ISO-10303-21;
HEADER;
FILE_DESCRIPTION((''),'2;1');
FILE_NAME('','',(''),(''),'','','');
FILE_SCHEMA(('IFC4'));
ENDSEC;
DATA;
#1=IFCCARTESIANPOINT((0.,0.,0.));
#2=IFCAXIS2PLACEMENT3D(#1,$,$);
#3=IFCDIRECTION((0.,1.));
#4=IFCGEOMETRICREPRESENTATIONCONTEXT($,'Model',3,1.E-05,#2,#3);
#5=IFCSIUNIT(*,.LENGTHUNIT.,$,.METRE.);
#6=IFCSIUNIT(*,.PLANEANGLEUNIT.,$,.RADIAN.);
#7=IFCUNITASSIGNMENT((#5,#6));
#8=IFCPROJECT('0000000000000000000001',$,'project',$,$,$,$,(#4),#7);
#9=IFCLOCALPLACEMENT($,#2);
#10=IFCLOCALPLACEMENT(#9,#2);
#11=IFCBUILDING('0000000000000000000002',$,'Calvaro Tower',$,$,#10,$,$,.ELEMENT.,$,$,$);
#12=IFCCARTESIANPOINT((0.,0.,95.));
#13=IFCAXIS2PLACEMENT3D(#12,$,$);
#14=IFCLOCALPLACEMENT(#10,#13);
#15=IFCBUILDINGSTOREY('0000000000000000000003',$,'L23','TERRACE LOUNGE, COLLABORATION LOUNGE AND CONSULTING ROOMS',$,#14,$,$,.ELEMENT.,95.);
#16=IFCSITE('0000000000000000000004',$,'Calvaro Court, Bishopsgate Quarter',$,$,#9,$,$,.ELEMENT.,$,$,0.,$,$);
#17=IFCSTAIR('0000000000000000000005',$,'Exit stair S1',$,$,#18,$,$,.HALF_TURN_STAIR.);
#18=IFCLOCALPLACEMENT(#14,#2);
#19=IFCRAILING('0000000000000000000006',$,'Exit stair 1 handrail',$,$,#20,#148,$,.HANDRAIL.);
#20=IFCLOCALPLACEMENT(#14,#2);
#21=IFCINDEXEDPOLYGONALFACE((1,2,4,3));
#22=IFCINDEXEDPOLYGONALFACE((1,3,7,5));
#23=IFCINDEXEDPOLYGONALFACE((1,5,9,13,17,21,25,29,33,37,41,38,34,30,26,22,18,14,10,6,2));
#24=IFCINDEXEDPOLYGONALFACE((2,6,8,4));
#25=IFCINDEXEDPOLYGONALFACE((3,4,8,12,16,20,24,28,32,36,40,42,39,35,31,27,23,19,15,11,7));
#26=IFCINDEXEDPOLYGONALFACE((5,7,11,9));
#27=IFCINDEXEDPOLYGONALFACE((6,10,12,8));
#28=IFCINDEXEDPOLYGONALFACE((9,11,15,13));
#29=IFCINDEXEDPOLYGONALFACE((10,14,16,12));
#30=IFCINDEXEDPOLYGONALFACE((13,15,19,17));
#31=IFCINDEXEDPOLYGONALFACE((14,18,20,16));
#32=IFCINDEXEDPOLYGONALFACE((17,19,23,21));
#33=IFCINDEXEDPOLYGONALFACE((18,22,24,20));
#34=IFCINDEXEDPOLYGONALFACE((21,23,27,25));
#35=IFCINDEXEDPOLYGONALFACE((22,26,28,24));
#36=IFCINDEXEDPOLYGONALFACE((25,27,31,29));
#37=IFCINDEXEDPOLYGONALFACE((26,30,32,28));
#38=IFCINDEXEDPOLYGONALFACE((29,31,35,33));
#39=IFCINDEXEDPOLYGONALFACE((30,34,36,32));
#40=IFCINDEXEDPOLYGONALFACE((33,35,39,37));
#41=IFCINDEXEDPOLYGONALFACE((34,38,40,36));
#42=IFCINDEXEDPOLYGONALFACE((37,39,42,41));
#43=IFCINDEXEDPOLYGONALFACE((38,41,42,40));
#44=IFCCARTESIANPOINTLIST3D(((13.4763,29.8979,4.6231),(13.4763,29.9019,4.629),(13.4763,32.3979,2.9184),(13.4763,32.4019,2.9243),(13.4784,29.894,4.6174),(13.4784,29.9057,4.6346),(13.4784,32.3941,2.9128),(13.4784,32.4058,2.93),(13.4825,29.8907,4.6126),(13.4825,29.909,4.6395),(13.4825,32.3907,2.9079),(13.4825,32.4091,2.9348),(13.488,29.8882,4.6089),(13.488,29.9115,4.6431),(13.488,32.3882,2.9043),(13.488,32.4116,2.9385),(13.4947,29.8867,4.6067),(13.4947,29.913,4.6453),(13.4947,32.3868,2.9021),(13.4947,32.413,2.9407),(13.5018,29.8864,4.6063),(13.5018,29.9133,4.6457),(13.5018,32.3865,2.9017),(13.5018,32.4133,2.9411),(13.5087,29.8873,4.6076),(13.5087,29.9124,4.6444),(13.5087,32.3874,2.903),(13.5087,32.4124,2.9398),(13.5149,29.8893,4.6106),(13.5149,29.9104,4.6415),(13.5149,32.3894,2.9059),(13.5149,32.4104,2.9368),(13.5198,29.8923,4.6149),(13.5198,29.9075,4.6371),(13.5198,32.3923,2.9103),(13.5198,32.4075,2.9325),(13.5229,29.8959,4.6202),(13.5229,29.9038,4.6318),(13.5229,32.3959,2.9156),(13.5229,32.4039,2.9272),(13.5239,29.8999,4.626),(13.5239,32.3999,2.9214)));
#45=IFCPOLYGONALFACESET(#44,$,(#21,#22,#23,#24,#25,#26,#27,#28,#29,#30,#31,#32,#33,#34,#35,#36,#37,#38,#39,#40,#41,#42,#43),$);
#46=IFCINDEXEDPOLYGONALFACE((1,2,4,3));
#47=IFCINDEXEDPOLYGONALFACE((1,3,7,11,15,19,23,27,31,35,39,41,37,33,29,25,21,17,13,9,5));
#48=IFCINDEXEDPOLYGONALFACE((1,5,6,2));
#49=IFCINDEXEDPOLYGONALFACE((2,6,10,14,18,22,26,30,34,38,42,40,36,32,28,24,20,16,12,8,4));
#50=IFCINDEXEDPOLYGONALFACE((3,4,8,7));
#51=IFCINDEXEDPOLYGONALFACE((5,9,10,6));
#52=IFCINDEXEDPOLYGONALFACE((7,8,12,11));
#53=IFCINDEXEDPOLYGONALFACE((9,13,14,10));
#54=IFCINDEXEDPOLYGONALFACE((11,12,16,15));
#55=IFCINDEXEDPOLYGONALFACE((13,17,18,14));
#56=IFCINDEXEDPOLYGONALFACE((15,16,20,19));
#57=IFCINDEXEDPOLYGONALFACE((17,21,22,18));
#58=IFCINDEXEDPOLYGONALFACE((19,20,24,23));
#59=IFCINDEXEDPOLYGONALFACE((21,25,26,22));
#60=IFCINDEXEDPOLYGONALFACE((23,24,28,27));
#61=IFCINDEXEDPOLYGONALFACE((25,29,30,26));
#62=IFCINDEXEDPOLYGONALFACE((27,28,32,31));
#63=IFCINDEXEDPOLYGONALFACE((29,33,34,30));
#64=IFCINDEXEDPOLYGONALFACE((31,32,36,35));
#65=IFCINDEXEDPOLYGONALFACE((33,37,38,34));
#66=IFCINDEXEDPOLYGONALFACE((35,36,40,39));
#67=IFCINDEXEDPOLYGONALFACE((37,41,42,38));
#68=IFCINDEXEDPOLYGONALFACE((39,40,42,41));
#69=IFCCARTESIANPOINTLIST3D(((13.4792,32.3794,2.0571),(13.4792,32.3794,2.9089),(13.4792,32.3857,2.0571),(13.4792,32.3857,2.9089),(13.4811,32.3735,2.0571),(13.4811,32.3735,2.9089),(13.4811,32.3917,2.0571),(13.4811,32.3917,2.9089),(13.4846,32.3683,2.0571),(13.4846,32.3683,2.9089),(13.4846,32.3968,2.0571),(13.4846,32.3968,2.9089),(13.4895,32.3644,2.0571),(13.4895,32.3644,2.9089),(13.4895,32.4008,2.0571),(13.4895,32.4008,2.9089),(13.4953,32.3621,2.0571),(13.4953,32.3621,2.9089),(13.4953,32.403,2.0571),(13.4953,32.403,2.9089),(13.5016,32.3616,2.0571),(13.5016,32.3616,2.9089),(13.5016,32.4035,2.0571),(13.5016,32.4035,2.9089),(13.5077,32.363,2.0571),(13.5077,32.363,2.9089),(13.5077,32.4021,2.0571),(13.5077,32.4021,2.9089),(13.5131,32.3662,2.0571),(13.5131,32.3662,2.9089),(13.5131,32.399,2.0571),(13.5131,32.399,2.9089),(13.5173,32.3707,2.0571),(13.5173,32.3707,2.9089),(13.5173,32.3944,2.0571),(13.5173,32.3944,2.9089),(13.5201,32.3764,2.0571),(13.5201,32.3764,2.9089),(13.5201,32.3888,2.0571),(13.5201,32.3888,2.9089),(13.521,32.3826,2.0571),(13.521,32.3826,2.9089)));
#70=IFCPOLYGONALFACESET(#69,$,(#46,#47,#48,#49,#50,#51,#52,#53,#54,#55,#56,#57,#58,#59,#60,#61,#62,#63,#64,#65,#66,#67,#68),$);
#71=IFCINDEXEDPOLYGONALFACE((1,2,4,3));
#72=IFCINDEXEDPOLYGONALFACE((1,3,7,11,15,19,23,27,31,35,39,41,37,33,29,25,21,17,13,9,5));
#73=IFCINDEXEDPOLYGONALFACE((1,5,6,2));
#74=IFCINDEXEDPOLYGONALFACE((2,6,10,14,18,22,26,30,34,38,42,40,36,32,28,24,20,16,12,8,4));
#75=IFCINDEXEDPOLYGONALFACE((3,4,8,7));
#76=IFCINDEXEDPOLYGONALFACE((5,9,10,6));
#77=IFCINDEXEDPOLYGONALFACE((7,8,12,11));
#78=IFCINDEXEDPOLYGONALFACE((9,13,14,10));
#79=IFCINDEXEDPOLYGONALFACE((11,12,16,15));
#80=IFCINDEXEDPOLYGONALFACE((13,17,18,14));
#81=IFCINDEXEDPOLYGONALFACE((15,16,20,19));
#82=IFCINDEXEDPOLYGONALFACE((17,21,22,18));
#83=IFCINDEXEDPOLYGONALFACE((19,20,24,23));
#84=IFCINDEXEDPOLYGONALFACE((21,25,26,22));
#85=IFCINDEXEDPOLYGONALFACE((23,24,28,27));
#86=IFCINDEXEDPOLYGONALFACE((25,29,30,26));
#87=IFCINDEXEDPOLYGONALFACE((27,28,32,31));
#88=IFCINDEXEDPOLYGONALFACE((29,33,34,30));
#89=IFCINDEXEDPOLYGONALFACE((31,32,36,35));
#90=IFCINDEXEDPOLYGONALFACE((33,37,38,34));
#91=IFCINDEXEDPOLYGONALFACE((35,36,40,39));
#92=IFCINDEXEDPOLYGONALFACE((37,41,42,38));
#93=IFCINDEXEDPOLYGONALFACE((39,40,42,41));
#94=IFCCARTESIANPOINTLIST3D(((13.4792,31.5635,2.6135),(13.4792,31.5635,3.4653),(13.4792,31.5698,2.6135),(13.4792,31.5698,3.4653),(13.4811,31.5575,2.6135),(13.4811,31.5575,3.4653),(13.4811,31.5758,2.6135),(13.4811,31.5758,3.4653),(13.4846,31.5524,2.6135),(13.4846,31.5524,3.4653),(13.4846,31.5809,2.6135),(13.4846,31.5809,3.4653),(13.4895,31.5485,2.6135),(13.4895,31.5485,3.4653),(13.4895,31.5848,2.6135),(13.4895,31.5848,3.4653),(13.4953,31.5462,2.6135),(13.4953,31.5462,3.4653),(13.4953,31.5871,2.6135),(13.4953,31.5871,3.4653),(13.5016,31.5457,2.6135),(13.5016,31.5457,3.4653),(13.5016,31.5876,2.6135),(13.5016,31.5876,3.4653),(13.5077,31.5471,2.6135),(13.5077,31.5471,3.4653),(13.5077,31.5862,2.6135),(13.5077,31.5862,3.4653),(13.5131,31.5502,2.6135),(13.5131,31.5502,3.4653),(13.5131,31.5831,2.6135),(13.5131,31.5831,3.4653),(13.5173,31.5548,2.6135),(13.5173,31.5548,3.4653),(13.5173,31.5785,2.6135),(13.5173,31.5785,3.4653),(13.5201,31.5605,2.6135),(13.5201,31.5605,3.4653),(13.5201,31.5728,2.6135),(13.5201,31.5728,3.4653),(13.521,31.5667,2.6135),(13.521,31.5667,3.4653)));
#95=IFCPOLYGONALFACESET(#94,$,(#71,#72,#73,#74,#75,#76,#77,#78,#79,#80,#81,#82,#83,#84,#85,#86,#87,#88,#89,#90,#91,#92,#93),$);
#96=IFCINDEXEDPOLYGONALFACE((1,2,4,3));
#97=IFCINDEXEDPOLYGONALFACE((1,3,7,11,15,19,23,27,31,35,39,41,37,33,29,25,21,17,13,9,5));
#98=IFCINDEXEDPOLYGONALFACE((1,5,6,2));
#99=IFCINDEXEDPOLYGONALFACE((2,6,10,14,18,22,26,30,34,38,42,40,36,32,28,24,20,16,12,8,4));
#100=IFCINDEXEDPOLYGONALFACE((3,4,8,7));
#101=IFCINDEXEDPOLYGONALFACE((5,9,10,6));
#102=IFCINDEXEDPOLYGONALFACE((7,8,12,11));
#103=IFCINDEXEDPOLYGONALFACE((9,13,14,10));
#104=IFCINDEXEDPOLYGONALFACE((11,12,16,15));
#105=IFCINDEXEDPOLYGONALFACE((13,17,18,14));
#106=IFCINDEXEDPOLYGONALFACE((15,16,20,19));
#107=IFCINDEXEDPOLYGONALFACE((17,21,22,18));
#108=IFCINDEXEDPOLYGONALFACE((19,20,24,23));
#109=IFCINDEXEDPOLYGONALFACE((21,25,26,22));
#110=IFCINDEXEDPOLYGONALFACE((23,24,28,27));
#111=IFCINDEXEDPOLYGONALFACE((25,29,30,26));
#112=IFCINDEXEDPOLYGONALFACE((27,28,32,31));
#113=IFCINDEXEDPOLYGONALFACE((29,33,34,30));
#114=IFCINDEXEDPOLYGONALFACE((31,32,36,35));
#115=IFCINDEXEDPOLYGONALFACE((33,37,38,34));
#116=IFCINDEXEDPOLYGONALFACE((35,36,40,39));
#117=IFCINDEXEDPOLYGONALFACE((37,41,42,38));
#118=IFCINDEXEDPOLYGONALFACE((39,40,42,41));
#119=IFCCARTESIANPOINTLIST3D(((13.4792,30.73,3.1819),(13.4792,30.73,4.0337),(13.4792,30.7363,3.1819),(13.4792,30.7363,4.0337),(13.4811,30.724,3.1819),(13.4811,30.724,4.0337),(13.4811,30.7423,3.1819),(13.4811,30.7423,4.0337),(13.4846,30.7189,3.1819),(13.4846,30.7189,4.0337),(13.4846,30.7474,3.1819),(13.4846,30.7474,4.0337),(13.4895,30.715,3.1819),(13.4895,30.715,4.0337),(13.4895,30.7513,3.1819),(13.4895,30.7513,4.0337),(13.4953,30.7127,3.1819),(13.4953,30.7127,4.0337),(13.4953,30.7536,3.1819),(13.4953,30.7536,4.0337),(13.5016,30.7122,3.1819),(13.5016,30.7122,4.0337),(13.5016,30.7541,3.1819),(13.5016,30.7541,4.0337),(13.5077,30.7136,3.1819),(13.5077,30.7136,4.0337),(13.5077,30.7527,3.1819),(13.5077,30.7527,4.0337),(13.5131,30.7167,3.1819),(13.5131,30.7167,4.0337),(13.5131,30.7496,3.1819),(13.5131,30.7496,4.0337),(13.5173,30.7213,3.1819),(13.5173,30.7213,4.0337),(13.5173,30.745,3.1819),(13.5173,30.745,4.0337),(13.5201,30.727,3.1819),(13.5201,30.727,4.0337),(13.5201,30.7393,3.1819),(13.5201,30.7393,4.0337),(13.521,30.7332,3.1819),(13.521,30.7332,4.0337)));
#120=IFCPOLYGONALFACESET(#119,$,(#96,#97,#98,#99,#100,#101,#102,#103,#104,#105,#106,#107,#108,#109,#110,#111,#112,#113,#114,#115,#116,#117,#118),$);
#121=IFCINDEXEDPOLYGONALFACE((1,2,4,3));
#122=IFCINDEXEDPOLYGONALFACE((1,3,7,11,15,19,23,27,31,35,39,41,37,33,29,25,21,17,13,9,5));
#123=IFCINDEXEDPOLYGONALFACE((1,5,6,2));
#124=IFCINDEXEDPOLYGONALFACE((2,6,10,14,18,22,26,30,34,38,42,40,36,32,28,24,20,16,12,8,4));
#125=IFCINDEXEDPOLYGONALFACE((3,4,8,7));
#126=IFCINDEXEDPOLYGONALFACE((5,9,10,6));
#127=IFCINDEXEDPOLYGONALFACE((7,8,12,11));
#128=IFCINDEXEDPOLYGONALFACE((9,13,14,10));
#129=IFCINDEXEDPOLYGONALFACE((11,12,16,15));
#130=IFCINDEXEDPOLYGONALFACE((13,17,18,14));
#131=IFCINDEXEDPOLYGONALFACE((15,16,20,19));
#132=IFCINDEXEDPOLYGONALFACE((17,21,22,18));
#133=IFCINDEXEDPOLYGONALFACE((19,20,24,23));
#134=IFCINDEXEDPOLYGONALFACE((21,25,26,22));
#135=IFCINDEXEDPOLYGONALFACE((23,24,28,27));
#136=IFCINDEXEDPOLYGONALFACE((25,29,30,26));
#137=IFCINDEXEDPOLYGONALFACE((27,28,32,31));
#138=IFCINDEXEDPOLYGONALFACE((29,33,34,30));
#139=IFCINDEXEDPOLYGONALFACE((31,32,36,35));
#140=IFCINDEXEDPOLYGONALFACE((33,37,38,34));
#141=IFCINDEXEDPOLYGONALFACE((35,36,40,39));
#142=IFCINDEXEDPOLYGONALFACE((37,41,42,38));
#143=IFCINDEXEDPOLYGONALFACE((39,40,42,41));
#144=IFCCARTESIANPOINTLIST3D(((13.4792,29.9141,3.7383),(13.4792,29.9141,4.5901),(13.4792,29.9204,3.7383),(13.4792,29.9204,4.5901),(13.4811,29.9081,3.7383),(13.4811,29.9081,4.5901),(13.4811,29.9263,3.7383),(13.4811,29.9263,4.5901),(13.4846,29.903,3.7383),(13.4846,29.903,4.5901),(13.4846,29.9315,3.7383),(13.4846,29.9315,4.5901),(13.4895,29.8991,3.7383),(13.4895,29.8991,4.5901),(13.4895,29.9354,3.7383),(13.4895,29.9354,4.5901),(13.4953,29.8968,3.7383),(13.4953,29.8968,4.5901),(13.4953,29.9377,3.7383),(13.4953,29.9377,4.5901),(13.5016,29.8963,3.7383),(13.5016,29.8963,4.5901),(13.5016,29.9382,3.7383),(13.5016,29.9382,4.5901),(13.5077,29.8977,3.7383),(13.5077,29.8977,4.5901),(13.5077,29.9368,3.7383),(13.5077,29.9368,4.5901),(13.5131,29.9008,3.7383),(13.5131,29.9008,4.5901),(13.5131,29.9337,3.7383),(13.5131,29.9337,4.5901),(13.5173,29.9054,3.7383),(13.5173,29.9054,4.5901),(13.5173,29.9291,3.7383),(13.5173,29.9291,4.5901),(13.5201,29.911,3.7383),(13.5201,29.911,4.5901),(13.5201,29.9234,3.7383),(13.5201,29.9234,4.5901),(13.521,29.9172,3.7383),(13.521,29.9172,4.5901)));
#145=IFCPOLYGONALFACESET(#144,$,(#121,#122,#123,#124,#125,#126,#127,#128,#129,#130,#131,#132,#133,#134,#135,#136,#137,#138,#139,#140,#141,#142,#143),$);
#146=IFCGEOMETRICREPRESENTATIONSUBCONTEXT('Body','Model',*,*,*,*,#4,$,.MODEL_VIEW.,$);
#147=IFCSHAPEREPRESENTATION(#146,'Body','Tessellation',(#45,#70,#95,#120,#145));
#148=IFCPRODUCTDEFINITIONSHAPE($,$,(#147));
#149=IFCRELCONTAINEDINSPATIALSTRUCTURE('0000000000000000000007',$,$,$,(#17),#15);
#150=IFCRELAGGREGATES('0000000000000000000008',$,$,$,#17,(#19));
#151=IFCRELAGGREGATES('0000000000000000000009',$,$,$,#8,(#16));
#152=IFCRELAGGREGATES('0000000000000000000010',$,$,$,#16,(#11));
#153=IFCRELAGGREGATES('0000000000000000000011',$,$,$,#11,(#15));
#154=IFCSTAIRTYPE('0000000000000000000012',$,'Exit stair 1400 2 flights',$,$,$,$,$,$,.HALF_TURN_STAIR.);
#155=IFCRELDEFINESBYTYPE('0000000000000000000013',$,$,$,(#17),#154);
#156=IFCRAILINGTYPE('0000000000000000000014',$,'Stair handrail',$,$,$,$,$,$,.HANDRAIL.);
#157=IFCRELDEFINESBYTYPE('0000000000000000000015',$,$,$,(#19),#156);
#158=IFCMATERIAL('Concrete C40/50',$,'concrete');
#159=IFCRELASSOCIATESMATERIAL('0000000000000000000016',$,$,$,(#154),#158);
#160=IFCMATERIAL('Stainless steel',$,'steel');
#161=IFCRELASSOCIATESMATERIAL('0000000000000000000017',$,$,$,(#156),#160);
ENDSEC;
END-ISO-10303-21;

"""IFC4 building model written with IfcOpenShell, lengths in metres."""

from ifc_helpers import new_model, si_unit, direction, frame, origin, origin_2d, place, context, subcontext, project, spatial, circle, extrude, material, type_object, element, aggregate, save


model = new_model("IFC4")

# Units and contexts
model_context = context("Model", 3, precision=1e-05, world=origin(), true_north=direction((0.0, 1.0)))
body_context = subcontext(model_context, "Body", "Model", "MODEL_VIEW")
ifc_project = project(units=[si_unit("LENGTHUNIT", "METRE"), si_unit("PLANEANGLEUNIT", "RADIAN")], contexts=[model_context])

# Site, building, storey
site_placement = place(None, origin())
site = spatial("IfcSite", under=ifc_project, at=site_placement, Name="Calvaro Court, Bishopsgate Quarter", CompositionType="ELEMENT", RefElevation=0.0)
building_placement = place(site_placement, origin())
building = spatial("IfcBuilding", under=site, at=building_placement, Name="Calvaro Tower", CompositionType="ELEMENT")
storey_placement = place(building_placement, frame((0.0, 0.0, 95.0)))
storey = spatial("IfcBuildingStorey", under=building, at=storey_placement, Name="L23", Description="TERRACE LOUNGE, COLLABORATION LOUNGE AND CONSULTING ROOMS", CompositionType="ELEMENT", Elevation=95.0)

# Stair, railing
ifc_material_1 = material(Name="Concrete C40/50", Category="concrete")
stair_type = type_object("IfcStairType", Name="Exit stair 1400 2 flights", PredefinedType="HALF_TURN_STAIR", material=ifc_material_1)
stair_placement = place(storey_placement, origin())
stair = element("IfcStair", 1, at=stair_placement, inside=storey, type_object=stair_type, Name="Exit stair S1", PredefinedType="HALF_TURN_STAIR")
ifc_material_2 = material(Name="Stainless steel", Category="steel")
railing_type = type_object("IfcRailingType", Name="Stair handrail", PredefinedType="HANDRAIL", material=ifc_material_2)
railing_1_placement = place(storey_placement, frame((13.5, 32.3999, 2.0454)))
railing_1 = element("IfcRailing", 2, at=railing_1_placement, type_object=railing_type, Name="Exit stair 1 handrail", PredefinedType="HANDRAIL", context=body_context, shape_type="SweptSolid", body=[
    extrude(circle(Radius=0.0239, at=origin_2d()), frame((0.0, 0.0, 0.876), z_axis=(0.0, -0.826221, 0.563347), x_axis=(1.0, 0.0, 0.0)), (0.0, 0.0, 1.0), 3.0259),
    extrude(circle(Radius=0.021, at=origin_2d()), frame((0.0, -0.0173, 0.0117)), (0.0, 0.0, 1.0), 0.8518),
    extrude(circle(Radius=0.021, at=origin_2d()), frame((0.0, -0.8333, 0.5681)), (0.0, 0.0, 1.0), 0.8518),
    extrude(circle(Radius=0.021, at=origin_2d()), frame((0.0, -1.6667, 1.1365)), (0.0, 0.0, 1.0), 0.8518),
    extrude(circle(Radius=0.021, at=origin_2d()), frame((0.0, -2.4827, 1.6929)), (0.0, 0.0, 1.0), 0.8518),
])
aggregate(stair, [railing_1])

save(model, "model.ifc")
